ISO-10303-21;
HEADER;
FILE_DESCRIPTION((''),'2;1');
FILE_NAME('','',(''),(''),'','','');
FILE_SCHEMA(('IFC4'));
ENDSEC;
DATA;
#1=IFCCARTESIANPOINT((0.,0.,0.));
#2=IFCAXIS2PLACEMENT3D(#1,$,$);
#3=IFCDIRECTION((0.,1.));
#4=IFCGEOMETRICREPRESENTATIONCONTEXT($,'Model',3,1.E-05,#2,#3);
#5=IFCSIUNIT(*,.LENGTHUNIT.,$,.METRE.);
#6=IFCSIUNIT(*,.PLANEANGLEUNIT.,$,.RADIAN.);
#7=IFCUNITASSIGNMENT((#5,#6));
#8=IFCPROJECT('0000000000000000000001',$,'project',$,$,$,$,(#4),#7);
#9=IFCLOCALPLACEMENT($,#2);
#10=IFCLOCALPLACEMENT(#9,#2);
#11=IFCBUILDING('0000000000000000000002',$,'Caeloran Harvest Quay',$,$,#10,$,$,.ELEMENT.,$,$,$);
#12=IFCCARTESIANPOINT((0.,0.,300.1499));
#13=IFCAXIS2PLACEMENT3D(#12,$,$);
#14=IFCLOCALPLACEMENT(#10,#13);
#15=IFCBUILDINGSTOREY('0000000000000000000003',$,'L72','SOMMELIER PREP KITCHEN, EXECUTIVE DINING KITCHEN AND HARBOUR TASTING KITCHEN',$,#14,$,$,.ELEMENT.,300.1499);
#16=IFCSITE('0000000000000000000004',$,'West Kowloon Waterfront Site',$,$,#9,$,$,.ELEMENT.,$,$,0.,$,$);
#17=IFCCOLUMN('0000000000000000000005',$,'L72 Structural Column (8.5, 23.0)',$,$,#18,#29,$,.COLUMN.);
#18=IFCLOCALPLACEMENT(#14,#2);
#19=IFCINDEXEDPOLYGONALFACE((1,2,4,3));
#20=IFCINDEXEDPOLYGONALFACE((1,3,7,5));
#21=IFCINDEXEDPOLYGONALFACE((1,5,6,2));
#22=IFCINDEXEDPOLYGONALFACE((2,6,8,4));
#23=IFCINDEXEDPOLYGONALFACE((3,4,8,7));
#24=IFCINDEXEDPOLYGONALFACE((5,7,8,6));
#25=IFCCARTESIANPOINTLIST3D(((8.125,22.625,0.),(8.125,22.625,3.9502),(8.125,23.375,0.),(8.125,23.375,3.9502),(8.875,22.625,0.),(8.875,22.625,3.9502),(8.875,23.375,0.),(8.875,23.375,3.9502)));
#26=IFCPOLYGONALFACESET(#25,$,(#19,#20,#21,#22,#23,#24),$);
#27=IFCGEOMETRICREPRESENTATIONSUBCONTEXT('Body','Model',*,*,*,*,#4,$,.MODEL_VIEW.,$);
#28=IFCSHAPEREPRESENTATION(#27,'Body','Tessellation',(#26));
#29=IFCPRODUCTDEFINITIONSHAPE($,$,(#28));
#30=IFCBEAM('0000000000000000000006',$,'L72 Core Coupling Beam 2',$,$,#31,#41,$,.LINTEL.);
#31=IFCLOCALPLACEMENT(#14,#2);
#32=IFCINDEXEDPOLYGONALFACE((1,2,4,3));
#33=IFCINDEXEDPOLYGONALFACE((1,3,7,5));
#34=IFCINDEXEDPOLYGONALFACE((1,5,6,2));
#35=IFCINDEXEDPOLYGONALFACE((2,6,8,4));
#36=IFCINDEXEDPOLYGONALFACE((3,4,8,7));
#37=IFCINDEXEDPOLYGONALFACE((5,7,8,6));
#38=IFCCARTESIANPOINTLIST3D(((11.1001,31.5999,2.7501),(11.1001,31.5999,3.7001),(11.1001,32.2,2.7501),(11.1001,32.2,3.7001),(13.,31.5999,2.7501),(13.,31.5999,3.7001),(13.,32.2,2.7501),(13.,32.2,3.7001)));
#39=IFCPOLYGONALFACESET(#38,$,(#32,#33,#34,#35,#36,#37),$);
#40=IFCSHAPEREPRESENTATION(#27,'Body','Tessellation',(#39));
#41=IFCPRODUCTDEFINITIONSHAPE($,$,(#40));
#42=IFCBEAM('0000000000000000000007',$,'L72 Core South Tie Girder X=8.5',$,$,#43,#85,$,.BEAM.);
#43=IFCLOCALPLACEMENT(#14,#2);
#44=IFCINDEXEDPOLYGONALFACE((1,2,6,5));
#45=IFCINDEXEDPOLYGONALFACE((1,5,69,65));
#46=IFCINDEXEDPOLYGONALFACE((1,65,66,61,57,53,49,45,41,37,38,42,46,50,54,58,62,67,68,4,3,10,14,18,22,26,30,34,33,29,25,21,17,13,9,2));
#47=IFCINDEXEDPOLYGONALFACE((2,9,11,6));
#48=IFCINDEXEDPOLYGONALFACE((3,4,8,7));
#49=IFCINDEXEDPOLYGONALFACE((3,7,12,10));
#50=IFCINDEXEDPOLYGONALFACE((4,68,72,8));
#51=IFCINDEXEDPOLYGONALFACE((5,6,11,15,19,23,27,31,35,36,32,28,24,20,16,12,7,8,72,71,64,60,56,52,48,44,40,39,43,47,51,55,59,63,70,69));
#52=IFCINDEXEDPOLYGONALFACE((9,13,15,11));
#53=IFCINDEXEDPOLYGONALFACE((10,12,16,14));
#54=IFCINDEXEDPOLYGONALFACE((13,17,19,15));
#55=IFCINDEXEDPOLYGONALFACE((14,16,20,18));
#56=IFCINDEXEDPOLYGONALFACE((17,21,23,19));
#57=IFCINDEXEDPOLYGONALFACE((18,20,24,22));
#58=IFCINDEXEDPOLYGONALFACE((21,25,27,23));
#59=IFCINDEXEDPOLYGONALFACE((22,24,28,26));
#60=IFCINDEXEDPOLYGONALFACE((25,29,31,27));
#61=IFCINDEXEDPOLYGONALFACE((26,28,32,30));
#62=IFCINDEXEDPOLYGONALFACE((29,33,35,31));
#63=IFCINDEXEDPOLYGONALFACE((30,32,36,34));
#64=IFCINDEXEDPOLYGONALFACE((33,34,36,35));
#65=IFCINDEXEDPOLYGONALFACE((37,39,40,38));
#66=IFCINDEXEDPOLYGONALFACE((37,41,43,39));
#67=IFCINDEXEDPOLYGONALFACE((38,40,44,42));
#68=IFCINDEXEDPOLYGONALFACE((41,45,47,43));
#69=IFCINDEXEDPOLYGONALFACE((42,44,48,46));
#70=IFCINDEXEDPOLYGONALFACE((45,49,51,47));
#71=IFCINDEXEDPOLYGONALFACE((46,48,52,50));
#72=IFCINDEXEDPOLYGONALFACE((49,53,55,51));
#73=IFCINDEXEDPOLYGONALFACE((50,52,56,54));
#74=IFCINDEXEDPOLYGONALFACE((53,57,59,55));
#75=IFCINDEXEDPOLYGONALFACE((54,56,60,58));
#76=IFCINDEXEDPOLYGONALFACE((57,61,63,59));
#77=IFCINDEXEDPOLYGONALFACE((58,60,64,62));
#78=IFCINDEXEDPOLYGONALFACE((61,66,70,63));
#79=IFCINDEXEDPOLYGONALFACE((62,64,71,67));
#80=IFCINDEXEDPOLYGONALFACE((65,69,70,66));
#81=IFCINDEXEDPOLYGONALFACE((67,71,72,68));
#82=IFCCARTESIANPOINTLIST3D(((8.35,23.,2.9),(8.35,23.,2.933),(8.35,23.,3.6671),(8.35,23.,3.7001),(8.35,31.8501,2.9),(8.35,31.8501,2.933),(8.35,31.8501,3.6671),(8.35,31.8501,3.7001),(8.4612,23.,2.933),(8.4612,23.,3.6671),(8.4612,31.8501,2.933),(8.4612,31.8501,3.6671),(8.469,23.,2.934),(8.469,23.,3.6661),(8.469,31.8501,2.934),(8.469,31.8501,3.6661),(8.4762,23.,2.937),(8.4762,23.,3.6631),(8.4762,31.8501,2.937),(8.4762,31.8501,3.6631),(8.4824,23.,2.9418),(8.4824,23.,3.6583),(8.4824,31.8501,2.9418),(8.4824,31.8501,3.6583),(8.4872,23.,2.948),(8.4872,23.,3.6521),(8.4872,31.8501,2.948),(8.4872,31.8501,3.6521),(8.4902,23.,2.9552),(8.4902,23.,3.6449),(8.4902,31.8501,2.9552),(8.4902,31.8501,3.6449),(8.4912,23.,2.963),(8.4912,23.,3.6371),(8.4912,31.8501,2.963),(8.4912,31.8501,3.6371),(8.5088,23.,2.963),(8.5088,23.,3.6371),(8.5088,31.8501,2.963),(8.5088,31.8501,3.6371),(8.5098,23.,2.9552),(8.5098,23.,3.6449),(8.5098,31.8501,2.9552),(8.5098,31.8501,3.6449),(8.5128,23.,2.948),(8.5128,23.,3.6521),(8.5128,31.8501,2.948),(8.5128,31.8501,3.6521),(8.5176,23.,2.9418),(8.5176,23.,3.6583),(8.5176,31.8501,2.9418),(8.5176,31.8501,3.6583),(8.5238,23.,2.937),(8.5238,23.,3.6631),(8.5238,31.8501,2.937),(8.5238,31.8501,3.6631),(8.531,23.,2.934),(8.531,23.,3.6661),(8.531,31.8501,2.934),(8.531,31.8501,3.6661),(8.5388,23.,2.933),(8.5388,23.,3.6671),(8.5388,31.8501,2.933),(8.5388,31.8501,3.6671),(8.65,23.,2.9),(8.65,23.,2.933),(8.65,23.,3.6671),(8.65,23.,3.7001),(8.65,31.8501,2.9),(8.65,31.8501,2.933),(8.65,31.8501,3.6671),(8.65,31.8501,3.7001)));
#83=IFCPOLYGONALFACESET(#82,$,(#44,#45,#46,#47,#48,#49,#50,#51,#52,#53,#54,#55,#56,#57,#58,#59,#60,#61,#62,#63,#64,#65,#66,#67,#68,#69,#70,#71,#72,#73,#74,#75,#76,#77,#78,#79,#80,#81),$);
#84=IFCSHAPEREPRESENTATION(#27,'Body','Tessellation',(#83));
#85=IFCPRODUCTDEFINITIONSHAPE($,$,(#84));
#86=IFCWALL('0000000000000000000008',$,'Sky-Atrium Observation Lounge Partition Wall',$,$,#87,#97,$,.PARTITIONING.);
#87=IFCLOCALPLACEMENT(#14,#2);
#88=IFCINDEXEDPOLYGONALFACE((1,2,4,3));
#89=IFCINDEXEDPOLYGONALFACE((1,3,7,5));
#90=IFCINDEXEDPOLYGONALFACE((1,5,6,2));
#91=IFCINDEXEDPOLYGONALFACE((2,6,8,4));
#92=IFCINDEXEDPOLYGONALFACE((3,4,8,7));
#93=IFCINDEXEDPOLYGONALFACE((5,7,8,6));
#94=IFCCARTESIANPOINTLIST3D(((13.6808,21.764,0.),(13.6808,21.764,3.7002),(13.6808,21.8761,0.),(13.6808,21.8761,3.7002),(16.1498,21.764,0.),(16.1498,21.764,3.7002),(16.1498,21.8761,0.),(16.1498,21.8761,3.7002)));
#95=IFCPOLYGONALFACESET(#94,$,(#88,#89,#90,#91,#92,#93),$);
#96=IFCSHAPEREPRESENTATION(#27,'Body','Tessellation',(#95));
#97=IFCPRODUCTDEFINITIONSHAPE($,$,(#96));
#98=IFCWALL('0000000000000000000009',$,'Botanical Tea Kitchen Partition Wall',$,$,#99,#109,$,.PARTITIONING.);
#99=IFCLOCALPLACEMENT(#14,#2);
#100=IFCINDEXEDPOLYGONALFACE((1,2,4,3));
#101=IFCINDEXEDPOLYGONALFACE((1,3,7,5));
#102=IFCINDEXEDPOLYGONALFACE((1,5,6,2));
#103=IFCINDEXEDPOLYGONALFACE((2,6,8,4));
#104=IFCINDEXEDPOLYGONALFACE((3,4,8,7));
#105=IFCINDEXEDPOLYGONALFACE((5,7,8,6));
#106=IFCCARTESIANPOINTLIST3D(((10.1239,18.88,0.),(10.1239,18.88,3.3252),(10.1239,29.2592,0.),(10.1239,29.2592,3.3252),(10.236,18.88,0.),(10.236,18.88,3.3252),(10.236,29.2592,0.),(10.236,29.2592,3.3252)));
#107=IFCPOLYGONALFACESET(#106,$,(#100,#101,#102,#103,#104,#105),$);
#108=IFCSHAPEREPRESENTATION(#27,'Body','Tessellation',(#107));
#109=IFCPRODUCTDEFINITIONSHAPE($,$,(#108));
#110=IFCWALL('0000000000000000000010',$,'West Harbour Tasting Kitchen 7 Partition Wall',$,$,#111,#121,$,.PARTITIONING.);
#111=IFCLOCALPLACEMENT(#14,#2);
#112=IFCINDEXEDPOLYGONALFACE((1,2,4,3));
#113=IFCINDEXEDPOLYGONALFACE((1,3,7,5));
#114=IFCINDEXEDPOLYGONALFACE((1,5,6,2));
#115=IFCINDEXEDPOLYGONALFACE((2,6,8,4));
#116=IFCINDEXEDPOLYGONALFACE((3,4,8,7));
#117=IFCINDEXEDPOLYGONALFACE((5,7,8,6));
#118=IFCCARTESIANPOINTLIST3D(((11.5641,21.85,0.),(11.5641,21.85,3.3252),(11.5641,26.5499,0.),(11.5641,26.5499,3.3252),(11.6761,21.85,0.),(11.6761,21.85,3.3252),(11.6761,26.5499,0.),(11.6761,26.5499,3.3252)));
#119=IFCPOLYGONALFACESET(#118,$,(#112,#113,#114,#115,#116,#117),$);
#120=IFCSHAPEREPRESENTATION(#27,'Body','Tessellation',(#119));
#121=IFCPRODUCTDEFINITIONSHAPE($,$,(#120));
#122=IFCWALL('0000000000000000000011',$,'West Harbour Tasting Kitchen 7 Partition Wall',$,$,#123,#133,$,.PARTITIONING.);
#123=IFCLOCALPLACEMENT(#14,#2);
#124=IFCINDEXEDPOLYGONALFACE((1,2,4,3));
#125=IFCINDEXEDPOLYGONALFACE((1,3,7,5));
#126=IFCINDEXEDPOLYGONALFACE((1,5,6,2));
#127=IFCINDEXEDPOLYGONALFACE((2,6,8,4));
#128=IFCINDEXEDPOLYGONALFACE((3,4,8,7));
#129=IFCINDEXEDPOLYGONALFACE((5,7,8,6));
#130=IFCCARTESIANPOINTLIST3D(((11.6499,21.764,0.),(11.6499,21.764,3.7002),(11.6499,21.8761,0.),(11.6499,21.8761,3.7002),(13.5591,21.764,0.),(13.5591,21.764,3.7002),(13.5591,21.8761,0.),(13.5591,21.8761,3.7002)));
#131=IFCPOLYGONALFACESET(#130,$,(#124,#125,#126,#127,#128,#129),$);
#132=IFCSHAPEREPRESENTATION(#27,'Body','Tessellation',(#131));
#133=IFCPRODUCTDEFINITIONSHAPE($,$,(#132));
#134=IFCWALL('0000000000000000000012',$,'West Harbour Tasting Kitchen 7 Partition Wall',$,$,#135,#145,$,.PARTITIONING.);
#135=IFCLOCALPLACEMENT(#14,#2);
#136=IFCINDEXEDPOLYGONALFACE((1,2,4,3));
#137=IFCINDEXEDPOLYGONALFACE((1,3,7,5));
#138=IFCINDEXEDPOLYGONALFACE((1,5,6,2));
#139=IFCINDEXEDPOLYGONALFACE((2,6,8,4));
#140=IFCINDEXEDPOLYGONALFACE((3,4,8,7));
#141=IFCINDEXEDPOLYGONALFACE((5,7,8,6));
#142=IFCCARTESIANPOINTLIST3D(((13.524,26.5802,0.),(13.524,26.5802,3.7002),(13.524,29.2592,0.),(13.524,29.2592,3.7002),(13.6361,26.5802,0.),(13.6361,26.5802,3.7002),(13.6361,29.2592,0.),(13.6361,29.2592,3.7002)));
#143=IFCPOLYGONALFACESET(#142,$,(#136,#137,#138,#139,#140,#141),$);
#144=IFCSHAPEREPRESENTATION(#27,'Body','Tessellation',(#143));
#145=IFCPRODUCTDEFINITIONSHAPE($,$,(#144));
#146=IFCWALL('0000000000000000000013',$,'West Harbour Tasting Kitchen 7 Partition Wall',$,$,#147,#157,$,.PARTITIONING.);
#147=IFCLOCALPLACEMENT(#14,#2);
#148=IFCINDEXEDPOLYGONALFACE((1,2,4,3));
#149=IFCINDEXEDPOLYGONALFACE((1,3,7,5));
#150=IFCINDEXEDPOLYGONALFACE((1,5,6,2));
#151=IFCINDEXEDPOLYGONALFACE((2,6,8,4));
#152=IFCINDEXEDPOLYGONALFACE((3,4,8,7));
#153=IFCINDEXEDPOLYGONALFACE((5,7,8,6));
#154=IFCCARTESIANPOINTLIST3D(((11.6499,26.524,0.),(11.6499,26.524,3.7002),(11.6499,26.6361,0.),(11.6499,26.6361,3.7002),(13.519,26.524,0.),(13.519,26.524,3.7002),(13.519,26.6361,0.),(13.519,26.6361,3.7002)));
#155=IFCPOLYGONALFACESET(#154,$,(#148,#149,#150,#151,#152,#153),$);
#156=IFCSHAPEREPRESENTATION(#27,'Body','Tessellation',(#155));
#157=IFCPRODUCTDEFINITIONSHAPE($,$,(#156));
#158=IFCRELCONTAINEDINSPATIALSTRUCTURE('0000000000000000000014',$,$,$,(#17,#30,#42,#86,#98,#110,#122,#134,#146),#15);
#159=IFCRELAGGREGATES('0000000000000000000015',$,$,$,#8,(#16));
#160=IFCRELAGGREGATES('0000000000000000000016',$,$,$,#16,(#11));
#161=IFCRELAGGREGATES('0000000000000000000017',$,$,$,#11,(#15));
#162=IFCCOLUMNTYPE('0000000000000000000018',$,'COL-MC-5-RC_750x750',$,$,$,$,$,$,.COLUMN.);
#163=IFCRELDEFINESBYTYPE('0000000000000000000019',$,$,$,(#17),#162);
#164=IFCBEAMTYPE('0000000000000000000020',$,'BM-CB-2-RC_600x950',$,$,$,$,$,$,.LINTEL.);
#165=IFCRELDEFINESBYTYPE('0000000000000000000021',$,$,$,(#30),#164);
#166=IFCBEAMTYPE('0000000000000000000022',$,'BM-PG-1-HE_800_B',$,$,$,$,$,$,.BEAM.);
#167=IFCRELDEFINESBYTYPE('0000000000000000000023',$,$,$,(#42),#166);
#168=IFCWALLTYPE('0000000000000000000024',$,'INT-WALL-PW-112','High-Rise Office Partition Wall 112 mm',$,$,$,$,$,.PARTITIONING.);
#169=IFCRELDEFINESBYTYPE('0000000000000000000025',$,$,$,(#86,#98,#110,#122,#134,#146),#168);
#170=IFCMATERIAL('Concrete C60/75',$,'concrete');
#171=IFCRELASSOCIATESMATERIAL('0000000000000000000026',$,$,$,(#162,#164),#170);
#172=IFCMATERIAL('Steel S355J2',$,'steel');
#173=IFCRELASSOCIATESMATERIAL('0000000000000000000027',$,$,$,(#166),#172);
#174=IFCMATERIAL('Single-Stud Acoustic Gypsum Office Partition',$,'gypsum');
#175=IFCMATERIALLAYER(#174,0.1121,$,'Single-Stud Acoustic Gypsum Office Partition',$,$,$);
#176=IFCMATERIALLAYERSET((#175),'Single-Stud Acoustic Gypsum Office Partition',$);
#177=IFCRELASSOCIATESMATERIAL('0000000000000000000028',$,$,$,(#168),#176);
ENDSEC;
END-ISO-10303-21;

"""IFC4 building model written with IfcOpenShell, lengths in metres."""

from ifc_helpers import new_model, si_unit, direction, frame, frame_2d, origin, origin_2d, place, context, subcontext, project, spatial, rectangle, i_section, extrude, material, layer, layer_set, material_profile, profile_set, type_object, element, save


model = new_model("IFC4")

# Units and contexts
model_context = context("Model", 3, precision=1e-05, world=origin(), true_north=direction((0.0, 1.0)))
body_context = subcontext(model_context, "Body", "Model", "MODEL_VIEW")
ifc_project = project(units=[si_unit("LENGTHUNIT", "METRE"), si_unit("PLANEANGLEUNIT", "RADIAN")], contexts=[model_context])

# Site, building, storey
site_placement = place(None, origin())
site = spatial("IfcSite", under=ifc_project, at=site_placement, Name="West Kowloon Waterfront Site", CompositionType="ELEMENT", RefElevation=0.0)
building_placement = place(site_placement, origin())
building = spatial("IfcBuilding", under=site, at=building_placement, Name="Caeloran Harvest Quay", CompositionType="ELEMENT")
storey_placement = place(building_placement, frame((0.0, 0.0, 300.1499)))
storey = spatial("IfcBuildingStorey", under=building, at=storey_placement, Name="L72", Description="SOMMELIER PREP KITCHEN, EXECUTIVE DINING KITCHEN AND HARBOUR TASTING KITCHEN", CompositionType="ELEMENT", Elevation=300.1499)

# Column
ifc_material_1 = material(Name="Concrete C60/75", Category="concrete")
ifc_material_profile_1 = material_profile(ifc_material_1, rectangle(XDim=0.75, YDim=0.75, at=origin_2d()), Name="RC 750x750")
ifc_profile_set_1 = profile_set([ifc_material_profile_1], Name="Concrete C60/75")
column_type = type_object("IfcColumnType", Name="COL-MC-5-RC_750x750", PredefinedType="COLUMN", material=ifc_profile_set_1)
column_placement = place(storey_placement, frame((8.5, 23.0, 0.0), z_axis=(0.0, 0.0, 1.0), x_axis=(1.0, 0.0, 0.0)))
element("IfcColumn", 1, at=column_placement, inside=storey, type_object=column_type, Name="L72 Structural Column (8.5, 23.0)", PredefinedType="COLUMN", context=body_context, shape_type="SweptSolid", body=[
    extrude(rectangle(XDim=0.75, YDim=0.75, at=origin_2d()), origin(), (0.0, 0.0, 1.0), 3.9502),
])

# Beams
ifc_material_profile_2 = material_profile(ifc_material_1, rectangle(XDim=0.6001, YDim=0.95, at=origin_2d()), Name="RC 600x950")
ifc_profile_set_2 = profile_set([ifc_material_profile_2], Name="Concrete C60/75")
beam_type_1 = type_object("IfcBeamType", Name="BM-CB-2-RC_600x950", PredefinedType="LINTEL", material=ifc_profile_set_2)
beam_1_placement = place(storey_placement, frame((11.1001, 31.8999, 3.2251), z_axis=(1.0, 0.0, 0.0), x_axis=(0.0, 1.0, 0.0)))
element("IfcBeam", 2, at=beam_1_placement, inside=storey, type_object=beam_type_1, Name="L72 Core Coupling Beam 2", PredefinedType="LINTEL", context=body_context, shape_type="SweptSolid", body=[
    extrude(rectangle(XDim=0.6001, YDim=0.95, at=origin_2d()), origin(), (0.0, 0.0, 1.0), 1.8999),
])
ifc_material_2 = material(Name="Steel S355J2", Category="steel")
ifc_material_profile_3 = material_profile(ifc_material_2, i_section(OverallWidth=0.3, OverallDepth=0.8, WebThickness=0.0176, FlangeThickness=0.033, FilletRadius=0.03, at=origin_2d()), Name="HE 800 B")
ifc_profile_set_3 = profile_set([ifc_material_profile_3], Name="Steel S355J2")
beam_type_2 = type_object("IfcBeamType", Name="BM-PG-1-HE_800_B", PredefinedType="BEAM", material=ifc_profile_set_3)
beam_2_placement = place(storey_placement, frame((8.5, 23.0, 3.3), z_axis=(0.0, 1.0, 0.0), x_axis=(-1.0, 0.0, 0.0)))
element("IfcBeam", 3, at=beam_2_placement, inside=storey, type_object=beam_type_2, Name="L72 Core South Tie Girder X=8.5", PredefinedType="BEAM", context=body_context, shape_type="SweptSolid", body=[
    extrude(i_section(OverallWidth=0.3, OverallDepth=0.8, WebThickness=0.0176, FlangeThickness=0.033, FilletRadius=0.03, at=origin_2d()), origin(), (0.0, 0.0, 1.0), 8.8501),
])

# Walls
ifc_material_3 = material(Name="Single-Stud Acoustic Gypsum Office Partition", Category="gypsum")
ifc_layer_1 = layer(ifc_material_3, 0.1121, Name="Single-Stud Acoustic Gypsum Office Partition")
ifc_layer_set_1 = layer_set([ifc_layer_1], Name="Single-Stud Acoustic Gypsum Office Partition")
wall_type_1 = type_object("IfcWallType", Name="INT-WALL-PW-112", Description="High-Rise Office Partition Wall 112 mm", PredefinedType="PARTITIONING", material=ifc_layer_set_1)
wall_1_placement = place(storey_placement, frame((13.6809, 21.8201, 0.0), z_axis=(0.0, 0.0, 1.0), x_axis=(1.0, 0.0, 0.0)))
element("IfcWall", 4, at=wall_1_placement, inside=storey, type_object=wall_type_1, Name="Sky-Atrium Observation Lounge Partition Wall", PredefinedType="PARTITIONING", context=body_context, shape_type="SweptSolid", body=[
    extrude(rectangle(XDim=2.469, YDim=0.1121, at=frame_2d((1.2344, 0.0))), origin(), (0.0, 0.0, 1.0), 3.7002),
])
wall_2_placement = place(storey_placement, frame((10.1799, 29.259, 0.0), z_axis=(0.0, 0.0, 1.0), x_axis=(0.0, -1.0, 0.0)))
element("IfcWall", 5, at=wall_2_placement, inside=storey, type_object=wall_type_1, Name="Botanical Tea Kitchen Partition Wall", PredefinedType="PARTITIONING", context=body_context, shape_type="SweptSolid", body=[
    extrude(rectangle(XDim=10.3792, YDim=0.1121, at=frame_2d((5.1895, 0.0))), origin(), (0.0, 0.0, 1.0), 3.3252),
])
wall_3_placement = place(storey_placement, frame((11.6201, 26.55, 0.0), z_axis=(0.0, 0.0, 1.0), x_axis=(0.0, -1.0, 0.0)))
element("IfcWall", 6, at=wall_3_placement, inside=storey, type_object=wall_type_1, Name="West Harbour Tasting Kitchen 7 Partition Wall", PredefinedType="PARTITIONING", context=body_context, shape_type="SweptSolid", body=[
    extrude(rectangle(XDim=4.7, YDim=0.1121, at=frame_2d((2.3501, 0.0))), origin(), (0.0, 0.0, 1.0), 3.3252),
])
wall_4_placement = place(storey_placement, frame((11.6499, 21.8201, 0.0), z_axis=(0.0, 0.0, 1.0), x_axis=(1.0, 0.0, 0.0)))
element("IfcWall", 7, at=wall_4_placement, inside=storey, type_object=wall_type_1, Name="West Harbour Tasting Kitchen 7 Partition Wall", PredefinedType="PARTITIONING", context=body_context, shape_type="SweptSolid", body=[
    extrude(rectangle(XDim=1.9092, YDim=0.1121, at=frame_2d((0.9546, 0.0))), origin(), (0.0, 0.0, 1.0), 3.7002),
])

# Walls
wall_5_placement = place(storey_placement, frame((13.5801, 29.259, 0.0), z_axis=(0.0, 0.0, 1.0), x_axis=(0.0, -1.0, 0.0)))
element("IfcWall", 8, at=wall_5_placement, inside=storey, type_object=wall_type_1, Name="West Harbour Tasting Kitchen 7 Partition Wall", PredefinedType="PARTITIONING", context=body_context, shape_type="SweptSolid", body=[
    extrude(rectangle(XDim=2.679, YDim=0.1121, at=frame_2d((1.3394, 0.0))), origin(), (0.0, 0.0, 1.0), 3.7002),
])
wall_6_placement = place(storey_placement, frame((13.519, 26.5801, 0.0), z_axis=(0.0, 0.0, 1.0), x_axis=(-1.0, 0.0, 0.0)))
element("IfcWall", 9, at=wall_6_placement, inside=storey, type_object=wall_type_1, Name="West Harbour Tasting Kitchen 7 Partition Wall", PredefinedType="PARTITIONING", context=body_context, shape_type="SweptSolid", body=[
    extrude(rectangle(XDim=1.8691, YDim=0.1121, at=frame_2d((0.9346, 0.0))), origin(), (0.0, 0.0, 1.0), 3.7002),
])

save(model, "model.ifc")
